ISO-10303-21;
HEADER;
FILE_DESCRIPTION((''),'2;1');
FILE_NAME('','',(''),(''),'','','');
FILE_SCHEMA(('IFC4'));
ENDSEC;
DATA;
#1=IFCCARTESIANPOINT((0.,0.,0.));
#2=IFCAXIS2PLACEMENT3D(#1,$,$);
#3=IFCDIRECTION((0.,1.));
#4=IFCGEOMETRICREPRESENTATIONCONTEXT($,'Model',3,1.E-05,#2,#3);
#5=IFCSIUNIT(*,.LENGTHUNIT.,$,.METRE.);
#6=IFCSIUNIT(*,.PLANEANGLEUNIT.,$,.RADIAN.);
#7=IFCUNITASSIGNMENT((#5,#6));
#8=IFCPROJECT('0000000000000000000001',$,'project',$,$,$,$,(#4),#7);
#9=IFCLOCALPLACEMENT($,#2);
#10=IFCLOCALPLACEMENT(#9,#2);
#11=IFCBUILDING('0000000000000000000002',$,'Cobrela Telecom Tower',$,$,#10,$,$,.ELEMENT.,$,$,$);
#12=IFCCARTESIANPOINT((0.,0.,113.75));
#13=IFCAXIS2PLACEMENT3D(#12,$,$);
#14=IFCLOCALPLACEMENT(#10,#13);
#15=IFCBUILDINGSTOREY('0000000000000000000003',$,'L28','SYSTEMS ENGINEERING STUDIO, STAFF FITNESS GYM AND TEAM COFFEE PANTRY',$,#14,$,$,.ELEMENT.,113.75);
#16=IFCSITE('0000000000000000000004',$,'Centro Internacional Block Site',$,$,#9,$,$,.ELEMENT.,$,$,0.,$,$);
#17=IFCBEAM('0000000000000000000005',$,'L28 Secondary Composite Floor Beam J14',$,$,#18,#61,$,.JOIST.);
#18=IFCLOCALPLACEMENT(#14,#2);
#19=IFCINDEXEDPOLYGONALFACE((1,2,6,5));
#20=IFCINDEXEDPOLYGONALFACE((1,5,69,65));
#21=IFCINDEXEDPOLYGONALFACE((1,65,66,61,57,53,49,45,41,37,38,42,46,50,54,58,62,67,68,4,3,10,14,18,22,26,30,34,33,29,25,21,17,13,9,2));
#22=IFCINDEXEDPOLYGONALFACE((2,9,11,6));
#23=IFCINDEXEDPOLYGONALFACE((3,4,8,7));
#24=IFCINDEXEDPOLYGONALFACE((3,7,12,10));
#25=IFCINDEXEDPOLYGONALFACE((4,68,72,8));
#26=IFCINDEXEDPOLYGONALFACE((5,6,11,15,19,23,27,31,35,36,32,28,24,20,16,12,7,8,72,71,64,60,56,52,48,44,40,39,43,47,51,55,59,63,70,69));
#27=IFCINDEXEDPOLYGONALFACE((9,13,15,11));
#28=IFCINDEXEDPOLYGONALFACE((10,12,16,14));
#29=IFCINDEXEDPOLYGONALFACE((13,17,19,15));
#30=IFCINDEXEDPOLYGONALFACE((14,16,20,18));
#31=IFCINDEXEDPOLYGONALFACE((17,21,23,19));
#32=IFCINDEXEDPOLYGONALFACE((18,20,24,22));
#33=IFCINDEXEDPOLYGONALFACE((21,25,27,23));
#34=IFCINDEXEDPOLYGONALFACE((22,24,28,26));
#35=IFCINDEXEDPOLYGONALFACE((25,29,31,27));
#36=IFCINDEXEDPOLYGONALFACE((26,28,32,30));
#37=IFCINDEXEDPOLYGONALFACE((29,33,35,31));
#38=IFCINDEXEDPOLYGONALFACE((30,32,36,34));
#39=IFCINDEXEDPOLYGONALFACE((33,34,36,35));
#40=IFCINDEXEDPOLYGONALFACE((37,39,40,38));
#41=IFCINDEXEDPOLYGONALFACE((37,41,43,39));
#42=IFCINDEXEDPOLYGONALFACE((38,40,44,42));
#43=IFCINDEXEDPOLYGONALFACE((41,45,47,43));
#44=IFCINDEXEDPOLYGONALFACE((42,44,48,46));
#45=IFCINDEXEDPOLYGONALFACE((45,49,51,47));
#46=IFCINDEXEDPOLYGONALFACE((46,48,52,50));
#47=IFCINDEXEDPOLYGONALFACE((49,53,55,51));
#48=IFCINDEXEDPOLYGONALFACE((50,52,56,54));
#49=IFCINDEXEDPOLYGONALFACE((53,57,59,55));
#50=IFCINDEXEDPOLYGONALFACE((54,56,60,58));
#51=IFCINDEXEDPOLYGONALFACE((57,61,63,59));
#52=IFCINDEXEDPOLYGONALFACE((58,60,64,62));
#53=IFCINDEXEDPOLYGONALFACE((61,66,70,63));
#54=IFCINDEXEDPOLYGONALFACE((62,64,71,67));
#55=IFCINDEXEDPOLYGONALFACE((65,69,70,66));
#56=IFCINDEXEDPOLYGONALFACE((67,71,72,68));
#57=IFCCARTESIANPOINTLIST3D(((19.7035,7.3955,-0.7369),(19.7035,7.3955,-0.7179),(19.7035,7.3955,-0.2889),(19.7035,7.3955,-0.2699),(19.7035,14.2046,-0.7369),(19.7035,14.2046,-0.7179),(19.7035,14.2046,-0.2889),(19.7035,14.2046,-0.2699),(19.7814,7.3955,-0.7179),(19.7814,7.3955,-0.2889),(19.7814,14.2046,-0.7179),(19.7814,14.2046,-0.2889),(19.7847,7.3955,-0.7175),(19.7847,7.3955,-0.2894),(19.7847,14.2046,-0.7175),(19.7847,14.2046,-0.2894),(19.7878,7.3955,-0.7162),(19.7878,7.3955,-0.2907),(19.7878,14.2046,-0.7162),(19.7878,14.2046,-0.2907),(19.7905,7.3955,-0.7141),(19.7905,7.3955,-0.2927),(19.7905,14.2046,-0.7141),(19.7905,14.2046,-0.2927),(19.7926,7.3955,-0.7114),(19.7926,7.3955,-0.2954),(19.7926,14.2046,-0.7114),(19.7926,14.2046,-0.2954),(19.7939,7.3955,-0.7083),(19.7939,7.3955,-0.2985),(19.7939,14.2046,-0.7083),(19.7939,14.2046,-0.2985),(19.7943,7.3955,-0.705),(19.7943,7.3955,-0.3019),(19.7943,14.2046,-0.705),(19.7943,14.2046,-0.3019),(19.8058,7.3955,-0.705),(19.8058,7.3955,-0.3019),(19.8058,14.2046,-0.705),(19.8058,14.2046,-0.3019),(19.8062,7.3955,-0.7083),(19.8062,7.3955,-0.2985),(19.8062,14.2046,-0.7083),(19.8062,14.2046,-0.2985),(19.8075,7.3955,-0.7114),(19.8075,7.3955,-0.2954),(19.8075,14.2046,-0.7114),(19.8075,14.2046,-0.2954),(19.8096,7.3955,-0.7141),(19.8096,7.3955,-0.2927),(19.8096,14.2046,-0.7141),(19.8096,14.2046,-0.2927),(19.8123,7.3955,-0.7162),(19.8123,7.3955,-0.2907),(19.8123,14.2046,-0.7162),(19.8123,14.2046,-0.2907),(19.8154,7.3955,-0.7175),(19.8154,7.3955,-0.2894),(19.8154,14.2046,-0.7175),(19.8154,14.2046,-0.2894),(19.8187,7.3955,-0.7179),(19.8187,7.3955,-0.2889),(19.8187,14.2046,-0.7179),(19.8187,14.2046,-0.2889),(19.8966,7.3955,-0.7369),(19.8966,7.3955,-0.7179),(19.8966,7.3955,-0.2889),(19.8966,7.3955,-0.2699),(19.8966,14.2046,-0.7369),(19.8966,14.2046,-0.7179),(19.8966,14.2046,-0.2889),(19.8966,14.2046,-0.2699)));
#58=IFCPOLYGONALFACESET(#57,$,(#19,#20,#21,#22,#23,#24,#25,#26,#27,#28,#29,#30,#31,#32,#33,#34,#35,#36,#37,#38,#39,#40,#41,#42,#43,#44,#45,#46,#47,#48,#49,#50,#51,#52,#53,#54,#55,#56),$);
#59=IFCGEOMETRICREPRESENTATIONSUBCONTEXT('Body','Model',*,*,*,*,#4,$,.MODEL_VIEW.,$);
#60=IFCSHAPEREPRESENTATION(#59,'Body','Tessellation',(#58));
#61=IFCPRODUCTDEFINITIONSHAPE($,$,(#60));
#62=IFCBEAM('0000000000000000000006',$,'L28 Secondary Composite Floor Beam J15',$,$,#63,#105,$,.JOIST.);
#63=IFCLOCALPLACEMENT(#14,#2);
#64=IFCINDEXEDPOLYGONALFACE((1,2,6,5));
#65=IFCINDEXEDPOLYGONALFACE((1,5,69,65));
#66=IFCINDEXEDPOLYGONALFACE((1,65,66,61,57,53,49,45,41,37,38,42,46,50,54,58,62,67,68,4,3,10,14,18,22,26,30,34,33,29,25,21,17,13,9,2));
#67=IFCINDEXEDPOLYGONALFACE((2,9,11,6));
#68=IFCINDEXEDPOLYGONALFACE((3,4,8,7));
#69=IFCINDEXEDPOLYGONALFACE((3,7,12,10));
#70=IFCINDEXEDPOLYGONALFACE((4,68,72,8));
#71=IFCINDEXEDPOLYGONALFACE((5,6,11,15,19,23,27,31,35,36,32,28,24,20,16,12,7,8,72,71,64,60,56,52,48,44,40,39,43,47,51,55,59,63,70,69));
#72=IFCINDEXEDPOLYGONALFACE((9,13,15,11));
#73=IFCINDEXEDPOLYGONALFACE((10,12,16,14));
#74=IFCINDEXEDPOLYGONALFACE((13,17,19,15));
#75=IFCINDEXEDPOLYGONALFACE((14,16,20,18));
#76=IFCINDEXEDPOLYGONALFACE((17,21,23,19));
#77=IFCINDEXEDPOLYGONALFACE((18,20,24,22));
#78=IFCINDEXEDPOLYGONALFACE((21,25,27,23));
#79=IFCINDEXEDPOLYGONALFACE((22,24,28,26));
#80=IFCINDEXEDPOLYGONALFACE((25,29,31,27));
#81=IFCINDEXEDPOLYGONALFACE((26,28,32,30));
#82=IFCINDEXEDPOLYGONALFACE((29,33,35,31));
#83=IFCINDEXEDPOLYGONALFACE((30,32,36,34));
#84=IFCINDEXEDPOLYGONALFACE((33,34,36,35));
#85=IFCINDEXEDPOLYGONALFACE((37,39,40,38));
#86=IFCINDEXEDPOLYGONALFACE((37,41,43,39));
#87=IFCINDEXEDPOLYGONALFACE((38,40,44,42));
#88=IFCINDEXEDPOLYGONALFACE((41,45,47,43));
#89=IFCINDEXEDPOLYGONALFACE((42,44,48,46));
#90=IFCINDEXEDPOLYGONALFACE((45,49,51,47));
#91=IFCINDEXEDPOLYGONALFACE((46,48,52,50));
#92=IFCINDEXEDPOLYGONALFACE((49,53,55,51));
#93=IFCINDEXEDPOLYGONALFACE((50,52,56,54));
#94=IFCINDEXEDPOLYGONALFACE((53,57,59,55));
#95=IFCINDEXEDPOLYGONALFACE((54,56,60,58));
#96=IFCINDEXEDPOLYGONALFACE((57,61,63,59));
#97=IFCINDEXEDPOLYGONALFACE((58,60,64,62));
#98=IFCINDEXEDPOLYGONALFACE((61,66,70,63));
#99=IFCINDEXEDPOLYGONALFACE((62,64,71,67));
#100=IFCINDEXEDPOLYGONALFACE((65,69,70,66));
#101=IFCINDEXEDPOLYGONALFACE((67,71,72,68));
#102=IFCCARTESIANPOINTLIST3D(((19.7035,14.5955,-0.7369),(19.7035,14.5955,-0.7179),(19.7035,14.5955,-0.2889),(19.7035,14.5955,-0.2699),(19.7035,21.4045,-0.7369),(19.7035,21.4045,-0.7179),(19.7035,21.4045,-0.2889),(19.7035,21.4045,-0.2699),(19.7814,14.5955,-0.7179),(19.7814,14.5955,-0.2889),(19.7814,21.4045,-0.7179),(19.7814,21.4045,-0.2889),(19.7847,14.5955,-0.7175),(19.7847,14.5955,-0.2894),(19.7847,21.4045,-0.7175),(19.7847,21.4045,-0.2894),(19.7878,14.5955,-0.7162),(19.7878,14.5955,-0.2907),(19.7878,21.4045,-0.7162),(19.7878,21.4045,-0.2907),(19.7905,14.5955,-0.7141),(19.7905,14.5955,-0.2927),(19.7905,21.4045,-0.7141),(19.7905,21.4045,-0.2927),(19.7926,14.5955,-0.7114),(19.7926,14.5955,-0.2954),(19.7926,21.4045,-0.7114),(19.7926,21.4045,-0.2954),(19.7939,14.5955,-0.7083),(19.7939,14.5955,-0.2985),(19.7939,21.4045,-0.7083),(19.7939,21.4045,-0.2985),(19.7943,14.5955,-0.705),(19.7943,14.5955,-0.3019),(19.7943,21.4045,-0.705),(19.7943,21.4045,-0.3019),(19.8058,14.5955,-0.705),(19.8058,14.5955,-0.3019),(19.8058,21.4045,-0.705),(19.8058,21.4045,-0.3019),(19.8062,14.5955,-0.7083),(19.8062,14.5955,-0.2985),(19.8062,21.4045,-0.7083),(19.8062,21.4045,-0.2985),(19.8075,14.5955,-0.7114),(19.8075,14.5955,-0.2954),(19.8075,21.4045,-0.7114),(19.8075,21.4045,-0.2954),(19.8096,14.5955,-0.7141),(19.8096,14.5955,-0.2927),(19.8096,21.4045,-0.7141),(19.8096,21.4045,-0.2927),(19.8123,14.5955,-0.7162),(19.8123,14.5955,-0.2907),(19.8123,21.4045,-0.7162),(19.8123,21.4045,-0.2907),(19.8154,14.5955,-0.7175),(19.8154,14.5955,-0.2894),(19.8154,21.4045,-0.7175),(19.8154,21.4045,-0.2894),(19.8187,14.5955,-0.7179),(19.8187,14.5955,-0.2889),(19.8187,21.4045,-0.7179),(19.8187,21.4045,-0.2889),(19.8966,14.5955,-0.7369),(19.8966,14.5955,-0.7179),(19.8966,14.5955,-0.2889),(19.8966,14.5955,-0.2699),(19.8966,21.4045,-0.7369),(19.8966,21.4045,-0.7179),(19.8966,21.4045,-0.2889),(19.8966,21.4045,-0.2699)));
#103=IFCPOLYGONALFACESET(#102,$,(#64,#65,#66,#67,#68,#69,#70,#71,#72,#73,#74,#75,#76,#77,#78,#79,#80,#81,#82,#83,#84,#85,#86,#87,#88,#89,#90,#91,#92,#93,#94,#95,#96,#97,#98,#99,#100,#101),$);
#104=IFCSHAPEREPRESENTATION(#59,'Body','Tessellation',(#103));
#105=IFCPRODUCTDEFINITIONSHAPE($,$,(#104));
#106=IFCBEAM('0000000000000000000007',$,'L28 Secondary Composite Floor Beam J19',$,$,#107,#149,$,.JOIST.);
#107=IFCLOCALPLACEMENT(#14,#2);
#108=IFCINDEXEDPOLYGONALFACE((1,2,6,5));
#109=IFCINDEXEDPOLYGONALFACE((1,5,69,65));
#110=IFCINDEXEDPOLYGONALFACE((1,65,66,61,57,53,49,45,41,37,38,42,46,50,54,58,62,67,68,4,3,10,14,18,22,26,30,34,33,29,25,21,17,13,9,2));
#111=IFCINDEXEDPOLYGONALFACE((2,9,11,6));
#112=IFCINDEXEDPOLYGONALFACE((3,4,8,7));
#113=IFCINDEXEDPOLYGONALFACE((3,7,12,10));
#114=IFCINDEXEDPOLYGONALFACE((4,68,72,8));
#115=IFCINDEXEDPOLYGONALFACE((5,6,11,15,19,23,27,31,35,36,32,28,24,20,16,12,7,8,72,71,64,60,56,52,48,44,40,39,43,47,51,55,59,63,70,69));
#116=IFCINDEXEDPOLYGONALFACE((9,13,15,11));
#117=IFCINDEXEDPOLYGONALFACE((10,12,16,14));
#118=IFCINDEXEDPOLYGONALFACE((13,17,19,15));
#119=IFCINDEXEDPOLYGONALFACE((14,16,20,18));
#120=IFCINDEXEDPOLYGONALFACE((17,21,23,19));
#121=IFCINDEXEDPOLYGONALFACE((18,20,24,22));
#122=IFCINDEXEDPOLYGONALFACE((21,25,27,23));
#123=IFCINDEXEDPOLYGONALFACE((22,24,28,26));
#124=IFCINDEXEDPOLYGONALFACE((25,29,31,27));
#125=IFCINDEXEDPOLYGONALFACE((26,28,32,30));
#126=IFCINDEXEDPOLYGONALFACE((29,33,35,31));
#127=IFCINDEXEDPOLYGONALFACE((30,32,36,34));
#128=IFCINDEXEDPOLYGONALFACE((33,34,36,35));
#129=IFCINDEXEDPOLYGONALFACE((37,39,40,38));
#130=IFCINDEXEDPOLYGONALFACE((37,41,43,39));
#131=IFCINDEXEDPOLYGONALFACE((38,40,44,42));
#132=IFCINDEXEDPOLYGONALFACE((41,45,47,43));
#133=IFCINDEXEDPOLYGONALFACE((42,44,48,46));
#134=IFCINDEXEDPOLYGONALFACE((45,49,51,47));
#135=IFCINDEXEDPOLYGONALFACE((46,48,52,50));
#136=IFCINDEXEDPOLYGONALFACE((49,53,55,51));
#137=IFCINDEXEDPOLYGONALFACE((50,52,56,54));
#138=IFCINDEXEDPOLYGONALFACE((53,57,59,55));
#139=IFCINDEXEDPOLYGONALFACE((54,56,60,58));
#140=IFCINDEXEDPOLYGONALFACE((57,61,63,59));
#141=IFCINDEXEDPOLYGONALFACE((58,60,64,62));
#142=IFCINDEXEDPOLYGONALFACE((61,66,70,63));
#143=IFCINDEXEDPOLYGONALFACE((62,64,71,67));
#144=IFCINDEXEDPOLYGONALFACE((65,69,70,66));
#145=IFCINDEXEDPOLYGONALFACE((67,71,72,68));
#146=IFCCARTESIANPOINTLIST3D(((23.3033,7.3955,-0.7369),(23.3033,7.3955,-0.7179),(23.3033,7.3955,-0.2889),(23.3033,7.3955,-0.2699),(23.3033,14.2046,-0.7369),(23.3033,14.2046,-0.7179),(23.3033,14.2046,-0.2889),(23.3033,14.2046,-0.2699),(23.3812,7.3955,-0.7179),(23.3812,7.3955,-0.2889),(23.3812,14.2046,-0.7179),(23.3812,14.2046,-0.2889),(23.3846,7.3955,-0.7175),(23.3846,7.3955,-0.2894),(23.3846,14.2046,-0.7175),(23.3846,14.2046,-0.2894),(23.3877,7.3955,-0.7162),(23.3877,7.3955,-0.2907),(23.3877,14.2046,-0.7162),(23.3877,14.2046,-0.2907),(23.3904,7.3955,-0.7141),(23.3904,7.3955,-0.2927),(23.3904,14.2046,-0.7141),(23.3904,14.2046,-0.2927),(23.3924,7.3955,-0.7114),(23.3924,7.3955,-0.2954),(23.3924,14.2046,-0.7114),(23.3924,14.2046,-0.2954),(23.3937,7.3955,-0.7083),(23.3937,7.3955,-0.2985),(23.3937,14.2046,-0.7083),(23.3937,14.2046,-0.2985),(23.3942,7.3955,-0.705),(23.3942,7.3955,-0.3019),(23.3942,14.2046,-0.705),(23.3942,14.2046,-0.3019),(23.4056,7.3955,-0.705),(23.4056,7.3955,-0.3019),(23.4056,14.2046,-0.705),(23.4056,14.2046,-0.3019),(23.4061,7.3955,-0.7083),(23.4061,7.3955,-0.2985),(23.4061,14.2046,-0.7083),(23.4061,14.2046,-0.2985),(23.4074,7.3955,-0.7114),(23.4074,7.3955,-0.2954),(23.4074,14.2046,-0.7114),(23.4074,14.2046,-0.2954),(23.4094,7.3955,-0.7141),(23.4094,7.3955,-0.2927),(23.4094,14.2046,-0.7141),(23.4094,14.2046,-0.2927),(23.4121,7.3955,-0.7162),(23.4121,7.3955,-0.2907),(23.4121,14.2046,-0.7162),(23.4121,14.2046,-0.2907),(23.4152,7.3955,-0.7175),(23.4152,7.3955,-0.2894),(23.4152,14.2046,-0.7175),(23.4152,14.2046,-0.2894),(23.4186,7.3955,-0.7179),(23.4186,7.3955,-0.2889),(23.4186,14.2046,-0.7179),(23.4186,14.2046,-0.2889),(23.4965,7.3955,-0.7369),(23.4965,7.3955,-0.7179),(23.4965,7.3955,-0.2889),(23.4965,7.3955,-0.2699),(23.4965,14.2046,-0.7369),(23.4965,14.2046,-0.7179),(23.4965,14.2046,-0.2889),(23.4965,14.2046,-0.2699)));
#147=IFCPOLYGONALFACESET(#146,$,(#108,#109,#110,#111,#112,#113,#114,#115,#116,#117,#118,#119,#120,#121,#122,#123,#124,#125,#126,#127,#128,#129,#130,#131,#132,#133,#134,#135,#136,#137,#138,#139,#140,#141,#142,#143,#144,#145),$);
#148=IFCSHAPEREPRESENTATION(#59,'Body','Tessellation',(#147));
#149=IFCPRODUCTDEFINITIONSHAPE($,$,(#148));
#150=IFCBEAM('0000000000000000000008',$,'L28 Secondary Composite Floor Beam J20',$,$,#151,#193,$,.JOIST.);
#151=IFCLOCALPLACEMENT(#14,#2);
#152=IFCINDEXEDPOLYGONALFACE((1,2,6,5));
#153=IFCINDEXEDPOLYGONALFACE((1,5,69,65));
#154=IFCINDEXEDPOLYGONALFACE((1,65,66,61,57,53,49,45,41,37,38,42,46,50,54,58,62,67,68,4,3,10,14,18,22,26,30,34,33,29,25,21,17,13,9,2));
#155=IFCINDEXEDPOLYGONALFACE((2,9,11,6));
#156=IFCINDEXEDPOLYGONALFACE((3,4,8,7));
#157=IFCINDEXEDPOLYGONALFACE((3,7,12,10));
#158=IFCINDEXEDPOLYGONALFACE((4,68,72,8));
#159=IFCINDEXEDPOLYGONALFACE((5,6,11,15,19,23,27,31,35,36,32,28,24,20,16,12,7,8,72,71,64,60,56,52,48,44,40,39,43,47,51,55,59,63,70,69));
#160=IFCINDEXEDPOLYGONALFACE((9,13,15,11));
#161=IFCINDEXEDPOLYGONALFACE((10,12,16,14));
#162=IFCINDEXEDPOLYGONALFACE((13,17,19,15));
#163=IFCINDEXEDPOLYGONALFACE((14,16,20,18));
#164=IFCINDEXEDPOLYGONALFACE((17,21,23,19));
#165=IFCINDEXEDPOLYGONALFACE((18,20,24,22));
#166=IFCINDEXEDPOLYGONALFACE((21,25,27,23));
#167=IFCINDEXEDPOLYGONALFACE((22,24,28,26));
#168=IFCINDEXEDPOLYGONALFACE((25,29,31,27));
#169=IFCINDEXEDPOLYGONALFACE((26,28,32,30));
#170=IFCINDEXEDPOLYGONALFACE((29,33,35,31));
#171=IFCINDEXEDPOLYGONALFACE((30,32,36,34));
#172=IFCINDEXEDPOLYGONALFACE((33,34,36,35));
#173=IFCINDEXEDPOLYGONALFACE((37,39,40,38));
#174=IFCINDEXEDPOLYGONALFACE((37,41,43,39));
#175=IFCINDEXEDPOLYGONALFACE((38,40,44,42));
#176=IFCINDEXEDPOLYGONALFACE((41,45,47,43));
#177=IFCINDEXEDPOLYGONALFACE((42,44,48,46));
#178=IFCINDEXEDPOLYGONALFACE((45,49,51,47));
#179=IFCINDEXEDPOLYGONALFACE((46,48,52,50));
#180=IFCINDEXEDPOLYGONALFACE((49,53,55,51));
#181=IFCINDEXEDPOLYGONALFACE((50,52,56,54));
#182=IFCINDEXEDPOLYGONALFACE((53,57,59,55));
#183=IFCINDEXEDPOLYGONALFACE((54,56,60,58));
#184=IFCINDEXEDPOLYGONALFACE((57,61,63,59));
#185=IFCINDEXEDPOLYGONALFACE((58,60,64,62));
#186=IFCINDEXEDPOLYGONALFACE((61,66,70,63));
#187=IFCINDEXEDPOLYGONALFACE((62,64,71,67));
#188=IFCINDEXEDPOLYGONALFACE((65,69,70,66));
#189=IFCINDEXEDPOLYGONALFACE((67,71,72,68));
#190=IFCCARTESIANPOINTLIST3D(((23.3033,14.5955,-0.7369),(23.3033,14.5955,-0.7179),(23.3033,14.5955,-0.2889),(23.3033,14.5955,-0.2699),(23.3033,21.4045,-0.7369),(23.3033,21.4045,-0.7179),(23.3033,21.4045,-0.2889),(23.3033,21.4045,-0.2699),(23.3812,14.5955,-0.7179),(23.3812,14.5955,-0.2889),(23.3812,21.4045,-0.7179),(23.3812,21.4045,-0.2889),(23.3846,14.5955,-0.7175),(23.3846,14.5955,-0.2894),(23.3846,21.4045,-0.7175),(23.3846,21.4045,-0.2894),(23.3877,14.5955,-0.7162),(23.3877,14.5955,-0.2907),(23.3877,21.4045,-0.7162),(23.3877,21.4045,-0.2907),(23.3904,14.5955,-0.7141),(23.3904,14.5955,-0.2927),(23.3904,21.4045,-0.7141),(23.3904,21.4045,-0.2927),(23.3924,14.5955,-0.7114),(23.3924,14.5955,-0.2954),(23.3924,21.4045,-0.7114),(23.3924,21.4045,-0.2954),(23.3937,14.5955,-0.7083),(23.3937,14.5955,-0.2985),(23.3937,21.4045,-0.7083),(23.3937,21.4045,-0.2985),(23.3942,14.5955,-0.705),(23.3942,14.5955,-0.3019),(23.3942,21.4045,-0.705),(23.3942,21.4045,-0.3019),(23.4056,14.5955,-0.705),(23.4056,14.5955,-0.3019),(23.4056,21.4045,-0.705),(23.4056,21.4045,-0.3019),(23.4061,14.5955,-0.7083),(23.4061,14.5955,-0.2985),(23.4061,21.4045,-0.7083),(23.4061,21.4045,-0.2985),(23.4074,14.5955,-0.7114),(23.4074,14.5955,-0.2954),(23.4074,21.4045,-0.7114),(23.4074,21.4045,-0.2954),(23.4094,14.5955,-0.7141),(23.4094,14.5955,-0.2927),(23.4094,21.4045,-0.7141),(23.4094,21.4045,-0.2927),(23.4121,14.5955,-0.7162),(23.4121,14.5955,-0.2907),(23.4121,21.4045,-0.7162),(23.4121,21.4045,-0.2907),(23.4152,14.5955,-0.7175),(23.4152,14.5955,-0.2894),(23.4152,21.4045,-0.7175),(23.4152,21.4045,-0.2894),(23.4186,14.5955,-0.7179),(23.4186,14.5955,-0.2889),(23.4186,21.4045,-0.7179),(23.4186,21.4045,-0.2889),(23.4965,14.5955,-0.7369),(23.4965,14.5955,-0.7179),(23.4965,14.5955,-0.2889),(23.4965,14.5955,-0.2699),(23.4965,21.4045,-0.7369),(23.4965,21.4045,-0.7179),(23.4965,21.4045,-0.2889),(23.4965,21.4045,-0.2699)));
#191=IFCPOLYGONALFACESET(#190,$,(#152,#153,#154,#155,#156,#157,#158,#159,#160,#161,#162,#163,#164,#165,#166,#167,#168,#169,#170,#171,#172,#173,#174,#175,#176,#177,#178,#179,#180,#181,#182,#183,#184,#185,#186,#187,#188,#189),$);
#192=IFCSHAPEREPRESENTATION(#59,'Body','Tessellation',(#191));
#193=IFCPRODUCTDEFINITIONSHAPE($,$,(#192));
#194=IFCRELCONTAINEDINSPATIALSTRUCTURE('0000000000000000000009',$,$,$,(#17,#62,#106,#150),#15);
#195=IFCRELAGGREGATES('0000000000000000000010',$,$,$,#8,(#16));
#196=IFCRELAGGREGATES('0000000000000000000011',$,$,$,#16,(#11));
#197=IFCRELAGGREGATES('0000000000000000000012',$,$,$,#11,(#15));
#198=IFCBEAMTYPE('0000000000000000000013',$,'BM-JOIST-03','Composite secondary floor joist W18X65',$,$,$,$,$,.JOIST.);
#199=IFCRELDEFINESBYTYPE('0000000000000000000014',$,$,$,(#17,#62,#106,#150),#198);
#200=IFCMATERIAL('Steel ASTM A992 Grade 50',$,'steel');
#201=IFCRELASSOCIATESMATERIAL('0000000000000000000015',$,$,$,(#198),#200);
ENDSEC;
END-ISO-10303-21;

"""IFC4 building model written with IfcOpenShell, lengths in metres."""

from ifc_helpers import new_model, si_unit, direction, frame, origin, origin_2d, place, context, subcontext, project, spatial, i_section, extrude, material, material_profile, profile_set, type_object, element, save


model = new_model("IFC4")

# Units and contexts
model_context = context("Model", 3, precision=1e-05, world=origin(), true_north=direction((0.0, 1.0)))
body_context = subcontext(model_context, "Body", "Model", "MODEL_VIEW")
ifc_project = project(units=[si_unit("LENGTHUNIT", "METRE"), si_unit("PLANEANGLEUNIT", "RADIAN")], contexts=[model_context])

# Site, building, storey
site_placement = place(None, origin())
site = spatial("IfcSite", under=ifc_project, at=site_placement, Name="Centro Internacional Block Site", CompositionType="ELEMENT", RefElevation=0.0)
building_placement = place(site_placement, origin())
building = spatial("IfcBuilding", under=site, at=building_placement, Name="Cobrela Telecom Tower", CompositionType="ELEMENT")
storey_placement = place(building_placement, frame((0.0, 0.0, 113.75)))
storey = spatial("IfcBuildingStorey", under=building, at=storey_placement, Name="L28", Description="SYSTEMS ENGINEERING STUDIO, STAFF FITNESS GYM AND TEAM COFFEE PANTRY", CompositionType="ELEMENT", Elevation=113.75)

# Shared definitions
ifc_material_1 = material(Name="Steel ASTM A992 Grade 50", Category="steel")

# Beams
ifc_material_profile_1 = material_profile(ifc_material_1, i_section(OverallWidth=0.1931, OverallDepth=0.467, WebThickness=0.0115, FlangeThickness=0.019, FilletRadius=0.0129, at=origin_2d()), Name="W18X65")
ifc_profile_set_1 = profile_set([ifc_material_profile_1], Name="Steel ASTM A992 Grade 50")
beam_type_1 = type_object("IfcBeamType", Name="BM-JOIST-03", Description="Composite secondary floor joist W18X65", PredefinedType="JOIST", material=ifc_profile_set_1)
for number, where, z_axis, x_axis, name in (
    (1, (19.8, 7.3955, -0.5034), (0.0, 1.0, 0.0), (-1.0, 0.0, 0.0), "L28 Secondary Composite Floor Beam J14"),
    (2, (19.8, 14.5955, -0.5034), (0.0, 1.0, 0.0), (-1.0, 0.0, 0.0), "L28 Secondary Composite Floor Beam J15"),
    (3, (23.3999, 7.3955, -0.5034), (0.0, 1.0, 0.0), (-1.0, 0.0, 0.0), "L28 Secondary Composite Floor Beam J19"),
    (4, (23.3999, 14.5955, -0.5034), (0.0, 1.0, 0.0), (-1.0, 0.0, 0.0), "L28 Secondary Composite Floor Beam J20"),
):
    element("IfcBeam", number, at=place(storey_placement, frame(where, z_axis=z_axis, x_axis=x_axis)), inside=storey, type_object=beam_type_1, Name=name, PredefinedType="JOIST", context=body_context, shape_type="SweptSolid", body=[
        extrude(i_section(OverallWidth=0.1931, OverallDepth=0.467, WebThickness=0.0115, FlangeThickness=0.019, FilletRadius=0.0129, at=origin_2d()), origin(), (0.0, 0.0, 1.0), 6.8091),
    ])

save(model, "model.ifc")
